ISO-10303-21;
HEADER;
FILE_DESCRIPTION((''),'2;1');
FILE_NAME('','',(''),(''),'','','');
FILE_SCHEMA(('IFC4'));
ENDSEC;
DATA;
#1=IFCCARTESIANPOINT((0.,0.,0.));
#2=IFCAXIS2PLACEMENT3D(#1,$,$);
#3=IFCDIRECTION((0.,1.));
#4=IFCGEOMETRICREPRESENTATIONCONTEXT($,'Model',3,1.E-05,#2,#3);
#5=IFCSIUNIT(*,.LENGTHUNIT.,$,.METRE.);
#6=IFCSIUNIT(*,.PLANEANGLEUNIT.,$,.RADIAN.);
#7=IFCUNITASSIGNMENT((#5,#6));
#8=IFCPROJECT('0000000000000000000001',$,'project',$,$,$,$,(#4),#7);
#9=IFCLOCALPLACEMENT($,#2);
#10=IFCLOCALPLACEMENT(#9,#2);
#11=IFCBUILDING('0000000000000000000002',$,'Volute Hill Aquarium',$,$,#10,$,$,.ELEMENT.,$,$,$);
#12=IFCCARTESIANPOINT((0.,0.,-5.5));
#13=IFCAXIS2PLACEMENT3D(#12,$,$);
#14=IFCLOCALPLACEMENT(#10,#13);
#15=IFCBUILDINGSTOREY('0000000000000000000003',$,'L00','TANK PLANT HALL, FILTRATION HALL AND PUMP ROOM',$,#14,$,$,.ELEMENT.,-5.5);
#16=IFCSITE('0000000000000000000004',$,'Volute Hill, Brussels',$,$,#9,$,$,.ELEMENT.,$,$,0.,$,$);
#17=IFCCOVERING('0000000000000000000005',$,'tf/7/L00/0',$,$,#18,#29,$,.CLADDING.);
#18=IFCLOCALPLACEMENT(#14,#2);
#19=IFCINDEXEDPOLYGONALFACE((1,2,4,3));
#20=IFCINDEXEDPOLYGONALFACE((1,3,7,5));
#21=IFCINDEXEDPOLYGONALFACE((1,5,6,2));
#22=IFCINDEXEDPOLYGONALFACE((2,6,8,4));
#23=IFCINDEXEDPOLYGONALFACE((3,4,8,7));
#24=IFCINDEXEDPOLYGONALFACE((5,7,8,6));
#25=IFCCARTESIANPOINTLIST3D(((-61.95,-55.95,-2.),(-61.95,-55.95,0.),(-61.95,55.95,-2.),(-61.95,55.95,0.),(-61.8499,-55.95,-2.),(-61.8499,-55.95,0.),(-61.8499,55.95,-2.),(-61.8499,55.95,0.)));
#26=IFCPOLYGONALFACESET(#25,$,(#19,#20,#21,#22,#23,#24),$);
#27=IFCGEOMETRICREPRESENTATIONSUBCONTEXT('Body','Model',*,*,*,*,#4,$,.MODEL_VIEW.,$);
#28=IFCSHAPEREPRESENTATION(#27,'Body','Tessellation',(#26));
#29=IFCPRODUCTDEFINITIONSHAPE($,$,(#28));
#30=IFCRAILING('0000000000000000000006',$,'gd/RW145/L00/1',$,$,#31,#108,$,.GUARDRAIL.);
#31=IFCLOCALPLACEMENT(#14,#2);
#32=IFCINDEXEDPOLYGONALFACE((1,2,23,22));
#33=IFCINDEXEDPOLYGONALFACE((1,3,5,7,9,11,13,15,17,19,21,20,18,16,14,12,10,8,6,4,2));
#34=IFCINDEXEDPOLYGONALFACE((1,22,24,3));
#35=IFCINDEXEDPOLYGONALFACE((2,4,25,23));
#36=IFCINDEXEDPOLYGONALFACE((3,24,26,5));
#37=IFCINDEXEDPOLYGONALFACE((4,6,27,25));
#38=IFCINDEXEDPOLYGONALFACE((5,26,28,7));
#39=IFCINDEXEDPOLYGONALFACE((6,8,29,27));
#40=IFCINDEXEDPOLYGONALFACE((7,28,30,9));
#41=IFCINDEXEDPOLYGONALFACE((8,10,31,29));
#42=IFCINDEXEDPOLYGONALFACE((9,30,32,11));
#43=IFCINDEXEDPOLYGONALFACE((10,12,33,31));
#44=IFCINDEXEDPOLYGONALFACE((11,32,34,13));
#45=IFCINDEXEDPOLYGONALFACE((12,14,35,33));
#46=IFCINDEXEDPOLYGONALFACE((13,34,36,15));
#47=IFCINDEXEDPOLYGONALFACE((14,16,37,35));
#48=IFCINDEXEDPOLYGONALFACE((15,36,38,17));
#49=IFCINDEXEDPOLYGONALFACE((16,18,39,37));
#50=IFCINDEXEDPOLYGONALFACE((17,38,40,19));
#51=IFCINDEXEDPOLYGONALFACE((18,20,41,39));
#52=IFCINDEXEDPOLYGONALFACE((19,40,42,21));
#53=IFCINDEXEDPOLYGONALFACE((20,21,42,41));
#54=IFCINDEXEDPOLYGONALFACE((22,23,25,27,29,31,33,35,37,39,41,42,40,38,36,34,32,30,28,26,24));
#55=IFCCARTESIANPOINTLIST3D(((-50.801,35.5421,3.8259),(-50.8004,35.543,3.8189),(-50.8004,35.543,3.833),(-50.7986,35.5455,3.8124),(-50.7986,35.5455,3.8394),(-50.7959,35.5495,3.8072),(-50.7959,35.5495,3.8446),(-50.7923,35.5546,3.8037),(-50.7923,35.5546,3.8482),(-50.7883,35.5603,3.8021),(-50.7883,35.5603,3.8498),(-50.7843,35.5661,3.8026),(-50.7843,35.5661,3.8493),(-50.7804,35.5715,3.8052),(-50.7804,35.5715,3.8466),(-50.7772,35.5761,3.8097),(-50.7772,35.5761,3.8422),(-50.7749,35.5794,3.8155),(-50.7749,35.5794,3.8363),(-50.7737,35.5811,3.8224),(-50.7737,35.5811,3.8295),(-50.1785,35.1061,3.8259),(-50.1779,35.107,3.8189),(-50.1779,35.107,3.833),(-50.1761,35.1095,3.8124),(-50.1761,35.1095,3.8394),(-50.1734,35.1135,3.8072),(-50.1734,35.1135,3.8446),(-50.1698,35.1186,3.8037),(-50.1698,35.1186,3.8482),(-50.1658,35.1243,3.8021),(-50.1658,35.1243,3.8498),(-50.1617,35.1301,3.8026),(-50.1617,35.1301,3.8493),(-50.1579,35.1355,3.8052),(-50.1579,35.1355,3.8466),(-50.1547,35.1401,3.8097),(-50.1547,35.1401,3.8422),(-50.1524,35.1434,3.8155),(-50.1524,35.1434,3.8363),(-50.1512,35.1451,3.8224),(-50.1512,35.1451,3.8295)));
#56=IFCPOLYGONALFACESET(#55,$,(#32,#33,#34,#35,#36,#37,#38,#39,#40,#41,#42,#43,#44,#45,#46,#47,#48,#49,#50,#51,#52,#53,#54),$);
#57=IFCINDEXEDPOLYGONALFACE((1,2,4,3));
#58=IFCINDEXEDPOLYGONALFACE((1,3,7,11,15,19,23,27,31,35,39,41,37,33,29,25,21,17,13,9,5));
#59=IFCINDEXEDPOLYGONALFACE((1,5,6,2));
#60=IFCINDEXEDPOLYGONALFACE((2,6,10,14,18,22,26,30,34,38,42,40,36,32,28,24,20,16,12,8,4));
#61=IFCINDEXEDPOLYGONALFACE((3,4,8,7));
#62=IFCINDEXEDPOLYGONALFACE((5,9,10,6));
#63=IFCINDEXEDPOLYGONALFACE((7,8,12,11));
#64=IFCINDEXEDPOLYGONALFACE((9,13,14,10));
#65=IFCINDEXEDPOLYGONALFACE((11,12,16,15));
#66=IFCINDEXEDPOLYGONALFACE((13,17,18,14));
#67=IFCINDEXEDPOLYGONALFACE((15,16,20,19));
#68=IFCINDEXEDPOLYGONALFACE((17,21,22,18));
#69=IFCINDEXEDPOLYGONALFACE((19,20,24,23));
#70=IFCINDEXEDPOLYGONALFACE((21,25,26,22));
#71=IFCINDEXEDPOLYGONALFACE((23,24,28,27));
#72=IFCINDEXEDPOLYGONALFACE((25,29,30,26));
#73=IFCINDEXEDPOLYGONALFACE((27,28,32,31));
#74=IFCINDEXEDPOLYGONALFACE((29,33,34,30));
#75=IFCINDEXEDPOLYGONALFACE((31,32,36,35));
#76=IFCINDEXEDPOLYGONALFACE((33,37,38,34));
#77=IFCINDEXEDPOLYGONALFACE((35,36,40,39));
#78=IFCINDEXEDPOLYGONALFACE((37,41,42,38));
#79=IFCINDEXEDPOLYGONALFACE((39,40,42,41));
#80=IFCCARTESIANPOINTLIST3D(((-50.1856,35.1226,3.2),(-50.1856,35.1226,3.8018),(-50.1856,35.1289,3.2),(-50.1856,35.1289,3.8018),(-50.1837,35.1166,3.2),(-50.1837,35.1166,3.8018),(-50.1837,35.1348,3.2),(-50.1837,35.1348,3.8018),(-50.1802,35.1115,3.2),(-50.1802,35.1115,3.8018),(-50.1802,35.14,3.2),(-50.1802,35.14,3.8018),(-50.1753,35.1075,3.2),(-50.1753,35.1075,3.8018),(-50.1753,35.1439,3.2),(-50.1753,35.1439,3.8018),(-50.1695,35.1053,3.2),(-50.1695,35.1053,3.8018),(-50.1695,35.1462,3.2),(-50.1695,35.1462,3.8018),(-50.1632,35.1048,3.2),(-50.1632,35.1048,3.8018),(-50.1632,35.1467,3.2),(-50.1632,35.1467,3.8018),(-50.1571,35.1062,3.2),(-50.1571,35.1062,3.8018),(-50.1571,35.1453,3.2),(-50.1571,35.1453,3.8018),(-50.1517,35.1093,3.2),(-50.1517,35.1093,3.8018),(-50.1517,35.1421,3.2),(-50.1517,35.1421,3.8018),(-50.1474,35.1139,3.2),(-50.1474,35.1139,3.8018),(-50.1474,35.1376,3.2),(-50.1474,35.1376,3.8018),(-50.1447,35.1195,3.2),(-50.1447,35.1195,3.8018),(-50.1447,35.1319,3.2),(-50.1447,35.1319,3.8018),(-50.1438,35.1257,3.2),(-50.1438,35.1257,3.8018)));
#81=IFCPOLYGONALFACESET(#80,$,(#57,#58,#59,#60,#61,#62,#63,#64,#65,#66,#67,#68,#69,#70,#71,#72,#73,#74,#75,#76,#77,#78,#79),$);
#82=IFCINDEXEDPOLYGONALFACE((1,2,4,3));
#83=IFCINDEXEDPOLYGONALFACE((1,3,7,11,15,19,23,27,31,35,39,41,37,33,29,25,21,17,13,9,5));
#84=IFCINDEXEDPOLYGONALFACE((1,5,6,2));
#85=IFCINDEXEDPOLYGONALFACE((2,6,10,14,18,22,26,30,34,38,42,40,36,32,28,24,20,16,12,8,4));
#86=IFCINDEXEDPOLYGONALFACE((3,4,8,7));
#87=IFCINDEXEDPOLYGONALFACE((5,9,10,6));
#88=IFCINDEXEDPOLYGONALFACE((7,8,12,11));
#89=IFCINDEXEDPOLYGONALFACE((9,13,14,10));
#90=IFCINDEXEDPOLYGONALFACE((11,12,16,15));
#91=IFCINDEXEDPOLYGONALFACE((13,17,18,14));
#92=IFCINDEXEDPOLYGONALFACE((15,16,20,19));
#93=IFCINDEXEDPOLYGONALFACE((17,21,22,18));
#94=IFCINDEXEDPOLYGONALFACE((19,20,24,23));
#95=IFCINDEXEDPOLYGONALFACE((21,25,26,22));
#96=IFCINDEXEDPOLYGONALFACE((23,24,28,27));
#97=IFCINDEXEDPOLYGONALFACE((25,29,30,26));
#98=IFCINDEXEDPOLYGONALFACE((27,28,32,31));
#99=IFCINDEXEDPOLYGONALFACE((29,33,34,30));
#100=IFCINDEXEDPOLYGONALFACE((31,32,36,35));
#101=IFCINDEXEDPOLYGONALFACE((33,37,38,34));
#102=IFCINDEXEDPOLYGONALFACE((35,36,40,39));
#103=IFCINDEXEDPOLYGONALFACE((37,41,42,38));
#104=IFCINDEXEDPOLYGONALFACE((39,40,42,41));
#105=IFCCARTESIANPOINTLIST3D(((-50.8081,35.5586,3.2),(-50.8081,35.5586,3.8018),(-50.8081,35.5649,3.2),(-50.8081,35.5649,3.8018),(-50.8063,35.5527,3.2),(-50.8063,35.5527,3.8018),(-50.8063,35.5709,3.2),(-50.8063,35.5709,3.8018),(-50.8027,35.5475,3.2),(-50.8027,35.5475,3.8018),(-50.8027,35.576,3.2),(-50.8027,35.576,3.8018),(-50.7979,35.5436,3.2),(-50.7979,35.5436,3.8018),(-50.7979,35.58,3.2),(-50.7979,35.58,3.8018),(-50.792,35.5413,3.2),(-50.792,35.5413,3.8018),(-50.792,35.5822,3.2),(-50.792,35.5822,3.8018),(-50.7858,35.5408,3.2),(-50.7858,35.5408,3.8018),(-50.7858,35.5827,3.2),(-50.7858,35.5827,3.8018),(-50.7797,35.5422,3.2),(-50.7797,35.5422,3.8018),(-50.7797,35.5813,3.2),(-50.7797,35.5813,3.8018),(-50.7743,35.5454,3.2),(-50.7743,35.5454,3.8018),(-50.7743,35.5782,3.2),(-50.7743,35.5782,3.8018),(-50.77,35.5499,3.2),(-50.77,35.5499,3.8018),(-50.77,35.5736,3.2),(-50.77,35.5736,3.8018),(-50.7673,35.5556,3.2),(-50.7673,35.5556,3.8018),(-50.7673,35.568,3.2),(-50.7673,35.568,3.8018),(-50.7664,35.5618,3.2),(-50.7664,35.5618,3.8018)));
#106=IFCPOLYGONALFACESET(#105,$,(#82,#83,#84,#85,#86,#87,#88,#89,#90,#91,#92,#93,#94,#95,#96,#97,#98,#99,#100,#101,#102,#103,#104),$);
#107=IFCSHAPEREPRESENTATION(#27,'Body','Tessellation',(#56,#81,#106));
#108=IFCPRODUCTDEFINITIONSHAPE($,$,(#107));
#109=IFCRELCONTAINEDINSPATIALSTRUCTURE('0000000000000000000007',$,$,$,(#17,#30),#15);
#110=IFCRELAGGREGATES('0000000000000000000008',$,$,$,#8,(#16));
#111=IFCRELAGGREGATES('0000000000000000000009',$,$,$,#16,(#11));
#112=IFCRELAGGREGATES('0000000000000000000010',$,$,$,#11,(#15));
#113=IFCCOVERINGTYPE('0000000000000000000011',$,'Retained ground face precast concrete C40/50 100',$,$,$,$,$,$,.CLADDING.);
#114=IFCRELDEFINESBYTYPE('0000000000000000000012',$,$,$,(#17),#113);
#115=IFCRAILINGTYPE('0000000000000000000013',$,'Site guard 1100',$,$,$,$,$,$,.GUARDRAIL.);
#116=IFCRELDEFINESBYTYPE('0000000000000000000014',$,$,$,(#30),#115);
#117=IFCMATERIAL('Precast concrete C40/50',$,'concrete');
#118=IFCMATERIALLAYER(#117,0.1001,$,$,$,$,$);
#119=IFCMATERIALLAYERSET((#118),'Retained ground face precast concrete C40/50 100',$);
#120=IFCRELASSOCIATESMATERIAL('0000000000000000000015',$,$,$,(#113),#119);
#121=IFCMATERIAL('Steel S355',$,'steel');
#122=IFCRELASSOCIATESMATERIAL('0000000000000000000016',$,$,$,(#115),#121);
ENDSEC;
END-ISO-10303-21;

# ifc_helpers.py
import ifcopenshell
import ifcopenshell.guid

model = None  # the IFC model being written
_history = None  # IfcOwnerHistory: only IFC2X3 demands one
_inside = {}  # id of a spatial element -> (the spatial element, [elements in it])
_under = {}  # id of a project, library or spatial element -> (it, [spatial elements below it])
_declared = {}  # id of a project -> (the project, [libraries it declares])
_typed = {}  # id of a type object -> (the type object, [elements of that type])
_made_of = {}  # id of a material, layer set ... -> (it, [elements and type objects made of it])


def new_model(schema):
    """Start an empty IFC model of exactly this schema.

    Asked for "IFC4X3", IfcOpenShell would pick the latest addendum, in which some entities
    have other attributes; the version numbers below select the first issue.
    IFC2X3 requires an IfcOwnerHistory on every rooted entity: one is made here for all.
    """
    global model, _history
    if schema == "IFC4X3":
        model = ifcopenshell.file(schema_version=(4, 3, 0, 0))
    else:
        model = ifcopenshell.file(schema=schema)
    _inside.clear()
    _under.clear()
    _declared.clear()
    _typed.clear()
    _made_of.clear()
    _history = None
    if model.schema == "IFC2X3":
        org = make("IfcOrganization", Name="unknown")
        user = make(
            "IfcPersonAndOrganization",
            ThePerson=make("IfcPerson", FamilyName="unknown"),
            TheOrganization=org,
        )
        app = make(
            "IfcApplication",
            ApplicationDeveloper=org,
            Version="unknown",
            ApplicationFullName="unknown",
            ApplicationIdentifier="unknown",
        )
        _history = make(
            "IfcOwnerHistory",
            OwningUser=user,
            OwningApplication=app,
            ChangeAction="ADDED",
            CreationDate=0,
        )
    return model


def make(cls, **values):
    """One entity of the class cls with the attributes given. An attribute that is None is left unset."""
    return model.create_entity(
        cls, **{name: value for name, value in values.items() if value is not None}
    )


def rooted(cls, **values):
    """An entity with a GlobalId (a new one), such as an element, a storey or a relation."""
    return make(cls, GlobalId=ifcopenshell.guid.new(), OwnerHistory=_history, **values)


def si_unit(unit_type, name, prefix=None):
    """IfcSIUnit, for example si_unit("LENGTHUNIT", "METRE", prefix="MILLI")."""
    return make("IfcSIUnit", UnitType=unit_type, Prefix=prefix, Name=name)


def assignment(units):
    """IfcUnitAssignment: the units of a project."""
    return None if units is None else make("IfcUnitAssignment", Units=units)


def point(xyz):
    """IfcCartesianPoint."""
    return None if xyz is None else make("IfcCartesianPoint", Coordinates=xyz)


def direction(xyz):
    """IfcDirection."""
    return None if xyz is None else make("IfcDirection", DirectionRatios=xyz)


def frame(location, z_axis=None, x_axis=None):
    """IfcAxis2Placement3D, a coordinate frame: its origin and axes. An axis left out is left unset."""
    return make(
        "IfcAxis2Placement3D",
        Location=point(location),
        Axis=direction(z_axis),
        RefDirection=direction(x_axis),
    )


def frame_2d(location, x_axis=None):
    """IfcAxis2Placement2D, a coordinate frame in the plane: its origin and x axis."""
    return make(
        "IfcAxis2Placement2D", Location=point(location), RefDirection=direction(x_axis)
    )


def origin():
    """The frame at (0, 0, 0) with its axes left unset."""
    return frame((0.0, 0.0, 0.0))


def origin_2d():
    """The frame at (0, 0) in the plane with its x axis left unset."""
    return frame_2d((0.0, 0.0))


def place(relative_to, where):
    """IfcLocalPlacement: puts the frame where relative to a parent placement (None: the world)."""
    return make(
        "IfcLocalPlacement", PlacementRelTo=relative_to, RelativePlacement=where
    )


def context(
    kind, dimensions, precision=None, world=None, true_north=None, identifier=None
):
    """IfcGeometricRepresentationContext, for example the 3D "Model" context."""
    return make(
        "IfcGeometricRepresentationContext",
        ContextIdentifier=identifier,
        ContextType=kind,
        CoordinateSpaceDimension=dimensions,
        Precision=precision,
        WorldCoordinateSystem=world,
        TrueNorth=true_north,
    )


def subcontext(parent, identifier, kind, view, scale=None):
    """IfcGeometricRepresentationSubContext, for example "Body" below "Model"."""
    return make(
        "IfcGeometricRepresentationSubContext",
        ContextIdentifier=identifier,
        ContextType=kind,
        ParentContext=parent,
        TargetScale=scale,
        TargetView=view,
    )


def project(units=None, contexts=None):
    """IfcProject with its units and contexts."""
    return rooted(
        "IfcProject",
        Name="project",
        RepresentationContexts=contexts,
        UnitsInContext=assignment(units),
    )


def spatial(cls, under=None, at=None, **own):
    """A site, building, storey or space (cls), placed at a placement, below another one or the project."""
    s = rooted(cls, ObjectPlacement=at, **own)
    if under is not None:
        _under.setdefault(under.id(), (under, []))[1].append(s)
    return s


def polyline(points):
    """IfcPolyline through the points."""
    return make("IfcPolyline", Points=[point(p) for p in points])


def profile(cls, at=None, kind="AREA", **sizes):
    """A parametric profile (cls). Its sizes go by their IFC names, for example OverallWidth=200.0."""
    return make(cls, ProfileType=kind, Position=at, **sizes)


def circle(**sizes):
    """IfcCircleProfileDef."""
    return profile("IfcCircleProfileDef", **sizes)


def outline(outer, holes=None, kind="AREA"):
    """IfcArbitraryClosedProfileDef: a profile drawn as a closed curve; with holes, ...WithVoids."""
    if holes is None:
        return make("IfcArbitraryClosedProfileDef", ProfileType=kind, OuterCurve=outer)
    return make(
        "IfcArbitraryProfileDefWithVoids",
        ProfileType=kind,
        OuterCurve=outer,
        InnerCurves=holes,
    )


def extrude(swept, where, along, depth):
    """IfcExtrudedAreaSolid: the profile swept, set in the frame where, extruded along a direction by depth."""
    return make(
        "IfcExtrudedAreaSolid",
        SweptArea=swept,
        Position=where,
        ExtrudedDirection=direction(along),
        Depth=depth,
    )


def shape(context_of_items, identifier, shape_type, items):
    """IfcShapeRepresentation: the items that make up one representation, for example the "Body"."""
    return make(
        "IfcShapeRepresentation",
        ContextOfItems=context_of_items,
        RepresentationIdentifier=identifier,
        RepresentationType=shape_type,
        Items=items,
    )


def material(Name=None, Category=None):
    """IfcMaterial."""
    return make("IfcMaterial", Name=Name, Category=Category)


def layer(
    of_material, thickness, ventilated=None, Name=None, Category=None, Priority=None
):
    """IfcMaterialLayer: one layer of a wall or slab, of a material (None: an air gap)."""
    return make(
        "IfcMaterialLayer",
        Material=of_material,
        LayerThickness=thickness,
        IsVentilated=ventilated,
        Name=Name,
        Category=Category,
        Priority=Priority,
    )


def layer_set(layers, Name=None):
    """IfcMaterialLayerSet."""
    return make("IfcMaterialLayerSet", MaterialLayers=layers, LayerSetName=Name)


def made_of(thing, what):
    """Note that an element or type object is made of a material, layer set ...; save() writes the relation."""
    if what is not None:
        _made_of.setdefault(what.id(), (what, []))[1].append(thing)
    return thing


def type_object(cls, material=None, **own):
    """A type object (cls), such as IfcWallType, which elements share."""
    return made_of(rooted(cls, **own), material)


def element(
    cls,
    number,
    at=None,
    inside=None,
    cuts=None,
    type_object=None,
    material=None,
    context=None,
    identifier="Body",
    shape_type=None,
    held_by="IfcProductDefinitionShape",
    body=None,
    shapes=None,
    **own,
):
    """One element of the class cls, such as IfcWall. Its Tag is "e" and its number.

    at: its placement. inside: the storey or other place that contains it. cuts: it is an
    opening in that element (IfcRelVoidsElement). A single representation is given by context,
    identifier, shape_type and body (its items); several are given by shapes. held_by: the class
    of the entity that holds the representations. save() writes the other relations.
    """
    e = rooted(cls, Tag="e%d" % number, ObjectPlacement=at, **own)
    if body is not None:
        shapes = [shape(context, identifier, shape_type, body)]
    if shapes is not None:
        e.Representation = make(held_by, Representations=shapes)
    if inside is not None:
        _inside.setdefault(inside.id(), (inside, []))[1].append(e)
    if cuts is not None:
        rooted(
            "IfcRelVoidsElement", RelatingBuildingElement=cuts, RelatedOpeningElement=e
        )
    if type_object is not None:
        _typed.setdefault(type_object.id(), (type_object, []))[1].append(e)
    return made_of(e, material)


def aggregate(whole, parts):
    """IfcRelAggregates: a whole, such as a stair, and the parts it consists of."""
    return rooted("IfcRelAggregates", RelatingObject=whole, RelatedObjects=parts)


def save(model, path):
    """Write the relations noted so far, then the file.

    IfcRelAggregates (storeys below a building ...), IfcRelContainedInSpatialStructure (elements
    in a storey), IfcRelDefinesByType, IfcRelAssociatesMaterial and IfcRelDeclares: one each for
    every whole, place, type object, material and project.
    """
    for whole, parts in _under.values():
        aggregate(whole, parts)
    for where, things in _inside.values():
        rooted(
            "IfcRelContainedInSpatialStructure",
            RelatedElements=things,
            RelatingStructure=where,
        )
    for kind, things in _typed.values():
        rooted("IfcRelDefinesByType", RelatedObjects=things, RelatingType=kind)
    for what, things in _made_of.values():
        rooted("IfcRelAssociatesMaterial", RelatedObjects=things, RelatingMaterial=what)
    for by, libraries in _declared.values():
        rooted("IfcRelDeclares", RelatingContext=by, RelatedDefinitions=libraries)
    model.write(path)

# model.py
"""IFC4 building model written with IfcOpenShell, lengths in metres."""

from ifc_helpers import new_model, si_unit, direction, frame, origin, origin_2d, place, context, subcontext, project, spatial, polyline, circle, outline, extrude, material, layer, layer_set, type_object, element, save


model = new_model("IFC4")

# Units and contexts
model_context = context("Model", 3, precision=1e-05, world=origin(), true_north=direction((0.0, 1.0)))
body_context = subcontext(model_context, "Body", "Model", "MODEL_VIEW")
ifc_project = project(units=[si_unit("LENGTHUNIT", "METRE"), si_unit("PLANEANGLEUNIT", "RADIAN")], contexts=[model_context])

# Site, building, storey
site_placement = place(None, origin())
site = spatial("IfcSite", under=ifc_project, at=site_placement, Name="Volute Hill, Brussels", CompositionType="ELEMENT", RefElevation=0.0)
building_placement = place(site_placement, origin())
building = spatial("IfcBuilding", under=site, at=building_placement, Name="Volute Hill Aquarium", CompositionType="ELEMENT")
storey_placement = place(building_placement, frame((0.0, 0.0, -5.5)))
storey = spatial("IfcBuildingStorey", under=building, at=storey_placement, Name="L00", Description="TANK PLANT HALL, FILTRATION HALL AND PUMP ROOM", CompositionType="ELEMENT", Elevation=-5.5)

# Covering
ifc_material_1 = material(Name="Precast concrete C40/50", Category="concrete")
ifc_layer_1 = layer(ifc_material_1, 0.1001)
ifc_layer_set_1 = layer_set([ifc_layer_1], Name="Retained ground face precast concrete C40/50 100")
covering_type_1 = type_object("IfcCoveringType", Name="Retained ground face precast concrete C40/50 100", PredefinedType="CLADDING", material=ifc_layer_set_1)
covering_1_placement = place(storey_placement, frame((-61.95, 55.95, -2.0), z_axis=(-1.0, 0.0, 0.0), x_axis=(0.0, -1.0, 0.0)))
element("IfcCovering", 1, at=covering_1_placement, inside=storey, type_object=covering_type_1, Name="tf/7/L00/0", PredefinedType="CLADDING", context=body_context, shape_type="SweptSolid", body=[
    extrude(outline(polyline([(0.0, 0.0), (111.8999, 0.0), (111.8999, 2.0), (0.0, 2.0), (0.0, 0.0)])), origin(), (0.0, 0.0, -1.0), 0.1001),
])

# Railing
ifc_material_2 = material(Name="Steel S355", Category="steel")
railing_type_1 = type_object("IfcRailingType", Name="Site guard 1100", PredefinedType="GUARDRAIL", material=ifc_material_2)
railing_1_placement = place(storey_placement, frame((-50.1648, 35.1257, 3.2)))
element("IfcRailing", 2, at=railing_1_placement, inside=storey, type_object=railing_type_1, Name="gd/RW145/L00/1", PredefinedType="GUARDRAIL", context=body_context, shape_type="SweptSolid", body=[
    extrude(circle(Radius=0.0239, at=origin_2d()), frame((0.0, 0.0, 0.626), z_axis=(-0.819081, 0.573678, 0.0), x_axis=(-0.573678, -0.819081, 0.0)), (0.0, 0.0, 1.0), 0.76),
    extrude(circle(Radius=0.021, at=origin_2d()), origin(), (0.0, 0.0, 1.0), 0.6018),
    extrude(circle(Radius=0.021, at=origin_2d()), frame((-0.6226, 0.436, 0.0)), (0.0, 0.0, 1.0), 0.6018),
])

save(model, "model.ifc")
